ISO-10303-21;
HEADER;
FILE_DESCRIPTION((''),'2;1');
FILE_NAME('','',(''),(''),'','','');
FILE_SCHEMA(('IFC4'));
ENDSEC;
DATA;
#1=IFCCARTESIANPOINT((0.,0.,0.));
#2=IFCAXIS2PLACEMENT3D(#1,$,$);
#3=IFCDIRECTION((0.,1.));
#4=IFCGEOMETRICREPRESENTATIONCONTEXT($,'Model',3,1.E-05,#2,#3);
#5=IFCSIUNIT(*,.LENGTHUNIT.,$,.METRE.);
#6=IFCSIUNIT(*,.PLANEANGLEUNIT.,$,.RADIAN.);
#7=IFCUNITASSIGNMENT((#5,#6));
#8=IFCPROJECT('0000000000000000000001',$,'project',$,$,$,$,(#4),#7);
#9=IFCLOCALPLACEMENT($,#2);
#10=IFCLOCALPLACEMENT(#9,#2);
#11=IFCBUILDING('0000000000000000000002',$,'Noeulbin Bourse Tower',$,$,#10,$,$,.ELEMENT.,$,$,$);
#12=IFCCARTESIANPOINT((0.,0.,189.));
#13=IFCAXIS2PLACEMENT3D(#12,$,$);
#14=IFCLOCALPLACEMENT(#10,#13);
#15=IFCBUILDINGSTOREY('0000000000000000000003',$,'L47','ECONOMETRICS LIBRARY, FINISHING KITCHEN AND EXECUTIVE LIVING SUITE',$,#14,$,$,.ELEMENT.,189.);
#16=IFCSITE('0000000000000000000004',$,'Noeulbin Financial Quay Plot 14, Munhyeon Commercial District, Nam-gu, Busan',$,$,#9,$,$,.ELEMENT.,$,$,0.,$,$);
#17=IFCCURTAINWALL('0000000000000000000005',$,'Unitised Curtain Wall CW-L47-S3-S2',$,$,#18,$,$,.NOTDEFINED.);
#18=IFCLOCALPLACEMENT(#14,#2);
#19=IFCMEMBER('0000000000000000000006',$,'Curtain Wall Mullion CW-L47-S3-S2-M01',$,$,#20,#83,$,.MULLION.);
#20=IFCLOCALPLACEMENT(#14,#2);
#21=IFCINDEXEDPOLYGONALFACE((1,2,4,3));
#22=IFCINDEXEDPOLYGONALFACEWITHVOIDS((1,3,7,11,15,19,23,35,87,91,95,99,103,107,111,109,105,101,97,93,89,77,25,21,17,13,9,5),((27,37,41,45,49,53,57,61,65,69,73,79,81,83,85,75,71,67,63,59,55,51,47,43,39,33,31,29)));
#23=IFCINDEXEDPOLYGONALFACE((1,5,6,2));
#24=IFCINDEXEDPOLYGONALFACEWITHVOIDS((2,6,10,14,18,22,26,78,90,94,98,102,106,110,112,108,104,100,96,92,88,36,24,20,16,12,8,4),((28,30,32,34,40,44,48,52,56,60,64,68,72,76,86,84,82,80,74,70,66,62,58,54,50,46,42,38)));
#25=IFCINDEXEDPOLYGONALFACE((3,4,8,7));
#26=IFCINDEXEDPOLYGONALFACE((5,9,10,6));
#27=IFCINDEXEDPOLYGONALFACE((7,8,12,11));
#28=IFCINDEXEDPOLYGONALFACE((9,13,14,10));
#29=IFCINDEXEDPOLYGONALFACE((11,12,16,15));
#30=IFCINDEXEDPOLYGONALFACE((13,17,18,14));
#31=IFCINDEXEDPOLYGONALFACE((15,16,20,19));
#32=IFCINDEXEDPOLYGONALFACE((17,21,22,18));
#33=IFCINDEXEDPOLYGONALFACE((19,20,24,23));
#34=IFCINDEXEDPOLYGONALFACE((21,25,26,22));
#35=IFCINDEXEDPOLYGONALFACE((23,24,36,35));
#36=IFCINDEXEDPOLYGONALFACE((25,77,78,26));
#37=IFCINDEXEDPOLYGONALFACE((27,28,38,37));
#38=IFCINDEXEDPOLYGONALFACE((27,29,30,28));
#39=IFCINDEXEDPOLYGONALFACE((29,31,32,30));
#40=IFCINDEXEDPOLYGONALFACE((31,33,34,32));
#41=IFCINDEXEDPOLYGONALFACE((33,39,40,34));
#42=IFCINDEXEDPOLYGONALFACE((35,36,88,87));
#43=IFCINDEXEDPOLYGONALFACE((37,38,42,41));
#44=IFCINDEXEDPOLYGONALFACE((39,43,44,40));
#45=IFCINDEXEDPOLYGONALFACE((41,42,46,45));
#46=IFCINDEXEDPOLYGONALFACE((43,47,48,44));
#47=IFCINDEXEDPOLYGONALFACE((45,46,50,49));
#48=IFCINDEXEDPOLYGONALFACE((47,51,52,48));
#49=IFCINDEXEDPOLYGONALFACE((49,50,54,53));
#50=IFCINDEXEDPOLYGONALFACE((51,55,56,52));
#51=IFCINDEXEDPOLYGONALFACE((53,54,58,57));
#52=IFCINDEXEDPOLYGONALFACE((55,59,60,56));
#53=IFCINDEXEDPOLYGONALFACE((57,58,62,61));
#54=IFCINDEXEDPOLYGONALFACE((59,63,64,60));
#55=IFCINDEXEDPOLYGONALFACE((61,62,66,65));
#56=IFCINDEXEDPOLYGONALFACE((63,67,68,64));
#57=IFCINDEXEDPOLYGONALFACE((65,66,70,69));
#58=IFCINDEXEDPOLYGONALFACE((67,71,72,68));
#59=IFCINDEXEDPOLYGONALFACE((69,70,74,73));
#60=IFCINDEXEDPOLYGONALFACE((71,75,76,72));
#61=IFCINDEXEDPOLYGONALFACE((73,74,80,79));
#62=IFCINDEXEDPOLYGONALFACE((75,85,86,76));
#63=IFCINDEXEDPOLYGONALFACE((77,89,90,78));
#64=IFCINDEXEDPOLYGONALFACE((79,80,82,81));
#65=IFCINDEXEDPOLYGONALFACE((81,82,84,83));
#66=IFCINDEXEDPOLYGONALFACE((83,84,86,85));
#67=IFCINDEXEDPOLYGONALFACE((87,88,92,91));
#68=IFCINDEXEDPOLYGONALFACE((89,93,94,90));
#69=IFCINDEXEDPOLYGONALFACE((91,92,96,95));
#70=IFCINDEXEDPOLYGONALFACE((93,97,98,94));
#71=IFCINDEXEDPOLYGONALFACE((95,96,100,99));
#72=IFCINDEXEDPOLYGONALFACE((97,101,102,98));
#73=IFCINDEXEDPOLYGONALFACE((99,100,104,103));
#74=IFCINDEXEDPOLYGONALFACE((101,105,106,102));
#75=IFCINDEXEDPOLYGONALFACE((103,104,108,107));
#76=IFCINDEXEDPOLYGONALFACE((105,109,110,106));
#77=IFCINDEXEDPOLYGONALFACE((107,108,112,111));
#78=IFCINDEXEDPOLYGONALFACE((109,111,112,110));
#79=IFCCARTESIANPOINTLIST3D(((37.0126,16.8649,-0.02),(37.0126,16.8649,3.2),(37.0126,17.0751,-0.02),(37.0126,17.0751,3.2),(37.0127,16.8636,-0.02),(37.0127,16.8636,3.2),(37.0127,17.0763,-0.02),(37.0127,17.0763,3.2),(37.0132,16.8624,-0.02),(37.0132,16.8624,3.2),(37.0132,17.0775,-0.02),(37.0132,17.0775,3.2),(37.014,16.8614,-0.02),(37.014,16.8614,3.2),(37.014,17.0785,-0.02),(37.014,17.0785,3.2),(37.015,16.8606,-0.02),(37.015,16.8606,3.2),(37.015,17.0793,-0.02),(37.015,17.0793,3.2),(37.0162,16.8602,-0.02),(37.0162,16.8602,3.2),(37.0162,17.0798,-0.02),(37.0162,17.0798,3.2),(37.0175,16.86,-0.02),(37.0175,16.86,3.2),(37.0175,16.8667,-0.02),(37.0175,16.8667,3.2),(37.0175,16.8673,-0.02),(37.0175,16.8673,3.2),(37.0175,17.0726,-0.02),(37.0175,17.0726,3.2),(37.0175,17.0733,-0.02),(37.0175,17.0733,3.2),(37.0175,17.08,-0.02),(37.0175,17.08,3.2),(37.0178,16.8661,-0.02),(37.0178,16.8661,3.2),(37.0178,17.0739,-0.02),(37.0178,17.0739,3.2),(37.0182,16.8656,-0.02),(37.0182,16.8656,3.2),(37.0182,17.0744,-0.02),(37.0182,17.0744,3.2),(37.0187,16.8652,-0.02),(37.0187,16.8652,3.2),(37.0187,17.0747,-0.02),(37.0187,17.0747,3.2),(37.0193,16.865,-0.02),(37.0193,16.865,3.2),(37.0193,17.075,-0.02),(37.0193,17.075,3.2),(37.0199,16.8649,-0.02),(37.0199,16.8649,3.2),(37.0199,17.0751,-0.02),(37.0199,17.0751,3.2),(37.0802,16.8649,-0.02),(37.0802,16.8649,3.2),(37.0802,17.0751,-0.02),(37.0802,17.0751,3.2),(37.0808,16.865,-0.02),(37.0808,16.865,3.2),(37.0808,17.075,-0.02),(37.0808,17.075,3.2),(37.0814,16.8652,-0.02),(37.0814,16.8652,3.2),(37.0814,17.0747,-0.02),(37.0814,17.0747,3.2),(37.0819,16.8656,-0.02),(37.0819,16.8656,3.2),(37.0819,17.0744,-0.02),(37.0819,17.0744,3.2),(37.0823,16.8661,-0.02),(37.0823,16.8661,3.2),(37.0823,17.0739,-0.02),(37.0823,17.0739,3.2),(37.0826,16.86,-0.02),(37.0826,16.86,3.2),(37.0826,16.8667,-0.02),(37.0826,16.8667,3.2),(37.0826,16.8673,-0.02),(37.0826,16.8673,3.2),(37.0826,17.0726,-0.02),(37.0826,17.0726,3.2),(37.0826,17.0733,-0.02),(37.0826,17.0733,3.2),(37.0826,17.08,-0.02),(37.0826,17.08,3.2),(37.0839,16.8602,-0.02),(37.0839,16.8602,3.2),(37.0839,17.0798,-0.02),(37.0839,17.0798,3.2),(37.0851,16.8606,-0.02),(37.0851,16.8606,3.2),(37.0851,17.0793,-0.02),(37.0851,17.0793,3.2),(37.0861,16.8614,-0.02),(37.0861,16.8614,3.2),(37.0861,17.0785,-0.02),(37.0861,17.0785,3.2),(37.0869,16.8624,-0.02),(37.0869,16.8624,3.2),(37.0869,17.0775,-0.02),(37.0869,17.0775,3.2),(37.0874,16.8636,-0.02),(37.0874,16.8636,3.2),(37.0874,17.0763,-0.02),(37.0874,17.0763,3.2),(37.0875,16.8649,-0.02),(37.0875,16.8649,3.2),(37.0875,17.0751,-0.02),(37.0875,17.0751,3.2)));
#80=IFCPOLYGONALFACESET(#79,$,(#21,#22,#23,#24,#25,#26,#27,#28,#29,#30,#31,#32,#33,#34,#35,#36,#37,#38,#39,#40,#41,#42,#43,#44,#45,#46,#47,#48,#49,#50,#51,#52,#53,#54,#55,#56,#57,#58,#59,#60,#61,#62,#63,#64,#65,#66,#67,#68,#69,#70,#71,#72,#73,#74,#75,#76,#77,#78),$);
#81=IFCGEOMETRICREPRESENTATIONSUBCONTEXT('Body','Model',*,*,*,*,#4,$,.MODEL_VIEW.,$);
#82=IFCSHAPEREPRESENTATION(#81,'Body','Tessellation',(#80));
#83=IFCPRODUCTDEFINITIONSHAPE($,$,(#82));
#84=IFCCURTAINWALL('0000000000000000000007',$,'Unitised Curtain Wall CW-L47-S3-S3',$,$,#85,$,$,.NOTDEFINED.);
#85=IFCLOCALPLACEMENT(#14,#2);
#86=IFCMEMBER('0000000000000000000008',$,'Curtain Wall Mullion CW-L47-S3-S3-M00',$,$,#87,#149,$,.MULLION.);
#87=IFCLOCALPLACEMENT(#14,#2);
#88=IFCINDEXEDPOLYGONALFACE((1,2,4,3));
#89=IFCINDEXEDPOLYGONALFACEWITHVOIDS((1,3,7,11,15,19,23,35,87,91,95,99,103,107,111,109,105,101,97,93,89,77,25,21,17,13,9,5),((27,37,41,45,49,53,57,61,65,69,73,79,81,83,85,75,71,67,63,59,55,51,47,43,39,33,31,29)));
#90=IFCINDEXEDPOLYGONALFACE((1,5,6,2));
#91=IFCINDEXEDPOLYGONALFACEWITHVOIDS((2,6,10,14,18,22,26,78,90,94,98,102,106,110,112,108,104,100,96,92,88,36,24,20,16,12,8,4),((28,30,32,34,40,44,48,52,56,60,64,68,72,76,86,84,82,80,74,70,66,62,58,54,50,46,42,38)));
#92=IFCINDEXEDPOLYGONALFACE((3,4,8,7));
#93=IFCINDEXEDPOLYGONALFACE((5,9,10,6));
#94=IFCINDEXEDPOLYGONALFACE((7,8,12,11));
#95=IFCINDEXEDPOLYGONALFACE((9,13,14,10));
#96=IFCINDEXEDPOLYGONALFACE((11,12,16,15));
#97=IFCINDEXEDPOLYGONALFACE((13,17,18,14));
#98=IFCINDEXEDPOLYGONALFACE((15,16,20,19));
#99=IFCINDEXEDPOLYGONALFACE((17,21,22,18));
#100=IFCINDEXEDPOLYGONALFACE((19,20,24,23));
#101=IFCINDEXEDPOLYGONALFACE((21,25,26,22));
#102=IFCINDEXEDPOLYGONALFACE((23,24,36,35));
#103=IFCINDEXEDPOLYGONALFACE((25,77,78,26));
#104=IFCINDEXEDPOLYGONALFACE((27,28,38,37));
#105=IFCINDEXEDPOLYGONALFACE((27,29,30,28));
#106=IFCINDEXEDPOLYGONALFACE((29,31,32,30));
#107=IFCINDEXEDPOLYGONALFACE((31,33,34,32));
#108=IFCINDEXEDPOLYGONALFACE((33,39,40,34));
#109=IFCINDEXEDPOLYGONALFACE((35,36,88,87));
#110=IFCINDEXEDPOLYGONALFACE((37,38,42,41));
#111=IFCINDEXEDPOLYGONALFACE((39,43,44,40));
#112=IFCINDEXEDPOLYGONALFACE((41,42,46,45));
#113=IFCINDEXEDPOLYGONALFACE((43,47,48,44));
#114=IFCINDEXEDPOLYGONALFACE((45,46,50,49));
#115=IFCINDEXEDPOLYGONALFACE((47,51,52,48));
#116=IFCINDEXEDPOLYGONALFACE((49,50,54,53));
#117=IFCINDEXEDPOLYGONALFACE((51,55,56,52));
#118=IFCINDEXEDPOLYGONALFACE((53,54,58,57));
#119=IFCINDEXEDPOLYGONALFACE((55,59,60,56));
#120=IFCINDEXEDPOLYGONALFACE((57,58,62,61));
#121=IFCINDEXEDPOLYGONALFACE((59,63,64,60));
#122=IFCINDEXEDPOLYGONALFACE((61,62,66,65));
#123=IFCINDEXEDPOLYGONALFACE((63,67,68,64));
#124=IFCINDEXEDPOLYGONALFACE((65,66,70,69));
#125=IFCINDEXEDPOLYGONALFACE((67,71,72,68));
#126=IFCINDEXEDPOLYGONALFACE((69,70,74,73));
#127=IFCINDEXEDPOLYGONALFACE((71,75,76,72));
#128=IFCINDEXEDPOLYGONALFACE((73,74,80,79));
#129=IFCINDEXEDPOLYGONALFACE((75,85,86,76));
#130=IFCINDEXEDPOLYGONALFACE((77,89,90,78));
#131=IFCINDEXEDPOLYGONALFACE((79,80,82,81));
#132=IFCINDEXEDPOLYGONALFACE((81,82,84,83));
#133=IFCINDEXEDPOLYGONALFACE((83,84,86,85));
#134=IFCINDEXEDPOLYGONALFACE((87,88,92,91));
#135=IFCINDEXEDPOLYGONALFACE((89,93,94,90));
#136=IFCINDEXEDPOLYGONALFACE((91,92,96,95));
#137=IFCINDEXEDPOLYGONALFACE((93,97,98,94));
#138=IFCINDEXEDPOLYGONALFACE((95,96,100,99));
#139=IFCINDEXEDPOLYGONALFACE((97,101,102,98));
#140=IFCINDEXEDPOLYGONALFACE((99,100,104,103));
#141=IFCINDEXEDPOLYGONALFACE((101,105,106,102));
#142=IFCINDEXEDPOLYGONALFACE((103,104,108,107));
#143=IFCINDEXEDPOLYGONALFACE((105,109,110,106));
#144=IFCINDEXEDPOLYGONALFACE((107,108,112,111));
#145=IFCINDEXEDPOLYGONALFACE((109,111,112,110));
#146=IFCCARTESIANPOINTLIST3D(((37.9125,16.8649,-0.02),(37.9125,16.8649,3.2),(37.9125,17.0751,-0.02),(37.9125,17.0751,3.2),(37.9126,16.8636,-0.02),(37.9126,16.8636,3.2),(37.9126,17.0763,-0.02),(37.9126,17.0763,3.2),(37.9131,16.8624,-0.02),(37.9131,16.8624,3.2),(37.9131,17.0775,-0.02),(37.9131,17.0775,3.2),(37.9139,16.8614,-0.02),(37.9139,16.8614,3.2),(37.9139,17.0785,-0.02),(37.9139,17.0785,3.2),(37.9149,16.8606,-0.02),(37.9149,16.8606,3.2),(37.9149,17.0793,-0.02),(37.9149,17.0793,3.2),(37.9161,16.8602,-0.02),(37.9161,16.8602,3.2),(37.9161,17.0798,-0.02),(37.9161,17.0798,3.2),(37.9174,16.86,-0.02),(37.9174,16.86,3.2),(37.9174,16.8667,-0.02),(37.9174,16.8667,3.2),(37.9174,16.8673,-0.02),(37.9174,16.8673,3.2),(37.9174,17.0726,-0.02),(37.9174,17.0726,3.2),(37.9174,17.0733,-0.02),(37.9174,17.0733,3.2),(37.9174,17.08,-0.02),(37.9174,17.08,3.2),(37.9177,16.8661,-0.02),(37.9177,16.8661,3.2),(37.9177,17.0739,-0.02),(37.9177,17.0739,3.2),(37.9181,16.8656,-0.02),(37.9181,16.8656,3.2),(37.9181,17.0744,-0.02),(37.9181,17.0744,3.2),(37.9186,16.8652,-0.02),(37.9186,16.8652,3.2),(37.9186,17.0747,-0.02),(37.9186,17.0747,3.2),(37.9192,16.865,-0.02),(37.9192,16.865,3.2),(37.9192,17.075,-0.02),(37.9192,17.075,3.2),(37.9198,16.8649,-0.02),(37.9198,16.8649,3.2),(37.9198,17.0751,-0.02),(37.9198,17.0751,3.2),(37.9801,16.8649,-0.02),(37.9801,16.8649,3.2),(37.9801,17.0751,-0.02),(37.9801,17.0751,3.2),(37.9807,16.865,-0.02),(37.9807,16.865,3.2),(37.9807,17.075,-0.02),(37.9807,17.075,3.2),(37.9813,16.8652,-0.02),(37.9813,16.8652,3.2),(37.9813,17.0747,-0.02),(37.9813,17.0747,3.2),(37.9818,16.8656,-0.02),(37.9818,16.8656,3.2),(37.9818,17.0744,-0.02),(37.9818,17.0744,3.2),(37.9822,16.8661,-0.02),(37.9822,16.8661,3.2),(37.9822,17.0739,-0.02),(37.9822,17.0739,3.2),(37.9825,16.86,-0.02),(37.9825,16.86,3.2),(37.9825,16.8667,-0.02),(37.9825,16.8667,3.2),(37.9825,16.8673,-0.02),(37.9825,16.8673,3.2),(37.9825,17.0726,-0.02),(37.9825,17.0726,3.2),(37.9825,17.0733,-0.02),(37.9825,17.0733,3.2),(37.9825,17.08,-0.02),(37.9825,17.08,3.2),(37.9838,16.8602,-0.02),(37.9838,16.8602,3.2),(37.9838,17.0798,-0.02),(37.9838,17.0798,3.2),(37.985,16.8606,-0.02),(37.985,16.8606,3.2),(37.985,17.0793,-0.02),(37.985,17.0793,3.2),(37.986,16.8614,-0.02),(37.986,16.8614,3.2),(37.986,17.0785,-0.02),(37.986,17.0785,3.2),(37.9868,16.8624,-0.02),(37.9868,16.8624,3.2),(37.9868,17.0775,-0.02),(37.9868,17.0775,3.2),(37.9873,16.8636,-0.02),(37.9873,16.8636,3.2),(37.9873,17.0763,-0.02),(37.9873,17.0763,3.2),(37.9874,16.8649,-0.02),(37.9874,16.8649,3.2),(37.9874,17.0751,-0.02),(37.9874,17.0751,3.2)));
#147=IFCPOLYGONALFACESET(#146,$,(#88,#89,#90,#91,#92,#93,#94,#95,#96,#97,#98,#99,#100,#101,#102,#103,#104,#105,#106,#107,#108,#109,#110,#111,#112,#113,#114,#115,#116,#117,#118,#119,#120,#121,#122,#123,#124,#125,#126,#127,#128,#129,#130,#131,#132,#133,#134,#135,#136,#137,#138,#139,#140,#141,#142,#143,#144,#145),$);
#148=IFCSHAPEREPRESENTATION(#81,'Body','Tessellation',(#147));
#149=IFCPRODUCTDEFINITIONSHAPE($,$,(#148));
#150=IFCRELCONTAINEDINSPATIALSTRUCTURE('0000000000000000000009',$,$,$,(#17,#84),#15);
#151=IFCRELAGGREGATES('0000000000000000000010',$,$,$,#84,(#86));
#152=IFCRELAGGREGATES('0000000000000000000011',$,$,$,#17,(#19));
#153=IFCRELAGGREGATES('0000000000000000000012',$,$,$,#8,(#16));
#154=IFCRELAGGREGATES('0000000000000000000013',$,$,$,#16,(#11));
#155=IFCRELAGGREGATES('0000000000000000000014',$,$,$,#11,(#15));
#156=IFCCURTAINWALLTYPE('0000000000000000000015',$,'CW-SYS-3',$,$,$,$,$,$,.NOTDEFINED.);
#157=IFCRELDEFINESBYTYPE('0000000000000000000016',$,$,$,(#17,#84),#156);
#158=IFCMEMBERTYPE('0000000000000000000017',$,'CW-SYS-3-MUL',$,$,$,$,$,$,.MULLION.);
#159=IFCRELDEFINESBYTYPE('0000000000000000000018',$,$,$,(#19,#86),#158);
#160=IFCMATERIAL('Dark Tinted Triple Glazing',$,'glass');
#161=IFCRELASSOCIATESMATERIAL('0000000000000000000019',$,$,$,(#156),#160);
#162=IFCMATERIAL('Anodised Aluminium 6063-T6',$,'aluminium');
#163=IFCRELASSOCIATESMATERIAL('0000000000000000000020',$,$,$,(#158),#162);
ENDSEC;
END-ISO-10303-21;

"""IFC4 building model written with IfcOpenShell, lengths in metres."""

from ifc_helpers import new_model, si_unit, direction, frame, origin, origin_2d, place, context, subcontext, project, spatial, hollow_rectangle, extrude, material, material_profile, profile_set, type_object, element, aggregate, save


model = new_model("IFC4")

# Units and contexts
model_context = context("Model", 3, precision=1e-05, world=origin(), true_north=direction((0.0, 1.0)))
body_context = subcontext(model_context, "Body", "Model", "MODEL_VIEW")
ifc_project = project(units=[si_unit("LENGTHUNIT", "METRE"), si_unit("PLANEANGLEUNIT", "RADIAN")], contexts=[model_context])

# Site, building, storey
site_placement = place(None, origin())
site = spatial("IfcSite", under=ifc_project, at=site_placement, Name="Noeulbin Financial Quay Plot 14, Munhyeon Commercial District, Nam-gu, Busan", CompositionType="ELEMENT", RefElevation=0.0)
building_placement = place(site_placement, origin())
building = spatial("IfcBuilding", under=site, at=building_placement, Name="Noeulbin Bourse Tower", CompositionType="ELEMENT")
storey_placement = place(building_placement, frame((0.0, 0.0, 189.0)))
storey = spatial("IfcBuildingStorey", under=building, at=storey_placement, Name="L47", Description="ECONOMETRICS LIBRARY, FINISHING KITCHEN AND EXECUTIVE LIVING SUITE", CompositionType="ELEMENT", Elevation=189.0)

# Shared definitions
ifc_material_1 = material(Name="Dark Tinted Triple Glazing", Category="glass")
curtain_wall_type = type_object("IfcCurtainWallType", Name="CW-SYS-3", PredefinedType="NOTDEFINED", material=ifc_material_1)
ifc_material_2 = material(Name="Anodised Aluminium 6063-T6", Category="aluminium")
ifc_material_profile_1 = material_profile(ifc_material_2, hollow_rectangle(XDim=0.075, YDim=0.22, WallThickness=0.0049, InnerFilletRadius=0.0024, OuterFilletRadius=0.0049, at=origin_2d()), Name="ALU-MULL-75x220x5", Category="LoadBearing")
ifc_profile_set_1 = profile_set([ifc_material_profile_1], Name="Anodised Aluminium 6063-T6")
member_type_1 = type_object("IfcMemberType", Name="CW-SYS-3-MUL", PredefinedType="MULLION", material=ifc_profile_set_1)

# Curtain wall, member
curtain_wall_1_placement = place(storey_placement, origin())
curtain_wall_1 = element("IfcCurtainWall", 1, at=curtain_wall_1_placement, inside=storey, type_object=curtain_wall_type, Name="Unitised Curtain Wall CW-L47-S3-S2", PredefinedType="NOTDEFINED")
member_1_placement = place(storey_placement, frame((37.05, 16.97, -0.02), z_axis=(0.0, 0.0, 1.0), x_axis=(1.0, 0.0, 0.0)))
member_1 = element("IfcMember", 2, at=member_1_placement, type_object=member_type_1, Name="Curtain Wall Mullion CW-L47-S3-S2-M01", PredefinedType="MULLION", context=body_context, shape_type="SweptSolid", body=[
    extrude(hollow_rectangle(XDim=0.075, YDim=0.22, WallThickness=0.0049, InnerFilletRadius=0.0024, OuterFilletRadius=0.0049, at=origin_2d()), origin(), (0.0, 0.0, 1.0), 3.22),
])

# Curtain wall, member
curtain_wall_2_placement = place(storey_placement, origin())
curtain_wall_2 = element("IfcCurtainWall", 3, at=curtain_wall_2_placement, inside=storey, type_object=curtain_wall_type, Name="Unitised Curtain Wall CW-L47-S3-S3", PredefinedType="NOTDEFINED")
member_2_placement = place(storey_placement, frame((37.95, 16.97, -0.02), z_axis=(0.0, 0.0, 1.0), x_axis=(1.0, 0.0, 0.0)))
member_2 = element("IfcMember", 4, at=member_2_placement, type_object=member_type_1, Name="Curtain Wall Mullion CW-L47-S3-S3-M00", PredefinedType="MULLION", context=body_context, shape_type="SweptSolid", body=[
    extrude(hollow_rectangle(XDim=0.075, YDim=0.22, WallThickness=0.0049, InnerFilletRadius=0.0024, OuterFilletRadius=0.0049, at=origin_2d()), origin(), (0.0, 0.0, 1.0), 3.22),
])

aggregate(curtain_wall_2, [member_2])

aggregate(curtain_wall_1, [member_1])

save(model, "model.ifc")
